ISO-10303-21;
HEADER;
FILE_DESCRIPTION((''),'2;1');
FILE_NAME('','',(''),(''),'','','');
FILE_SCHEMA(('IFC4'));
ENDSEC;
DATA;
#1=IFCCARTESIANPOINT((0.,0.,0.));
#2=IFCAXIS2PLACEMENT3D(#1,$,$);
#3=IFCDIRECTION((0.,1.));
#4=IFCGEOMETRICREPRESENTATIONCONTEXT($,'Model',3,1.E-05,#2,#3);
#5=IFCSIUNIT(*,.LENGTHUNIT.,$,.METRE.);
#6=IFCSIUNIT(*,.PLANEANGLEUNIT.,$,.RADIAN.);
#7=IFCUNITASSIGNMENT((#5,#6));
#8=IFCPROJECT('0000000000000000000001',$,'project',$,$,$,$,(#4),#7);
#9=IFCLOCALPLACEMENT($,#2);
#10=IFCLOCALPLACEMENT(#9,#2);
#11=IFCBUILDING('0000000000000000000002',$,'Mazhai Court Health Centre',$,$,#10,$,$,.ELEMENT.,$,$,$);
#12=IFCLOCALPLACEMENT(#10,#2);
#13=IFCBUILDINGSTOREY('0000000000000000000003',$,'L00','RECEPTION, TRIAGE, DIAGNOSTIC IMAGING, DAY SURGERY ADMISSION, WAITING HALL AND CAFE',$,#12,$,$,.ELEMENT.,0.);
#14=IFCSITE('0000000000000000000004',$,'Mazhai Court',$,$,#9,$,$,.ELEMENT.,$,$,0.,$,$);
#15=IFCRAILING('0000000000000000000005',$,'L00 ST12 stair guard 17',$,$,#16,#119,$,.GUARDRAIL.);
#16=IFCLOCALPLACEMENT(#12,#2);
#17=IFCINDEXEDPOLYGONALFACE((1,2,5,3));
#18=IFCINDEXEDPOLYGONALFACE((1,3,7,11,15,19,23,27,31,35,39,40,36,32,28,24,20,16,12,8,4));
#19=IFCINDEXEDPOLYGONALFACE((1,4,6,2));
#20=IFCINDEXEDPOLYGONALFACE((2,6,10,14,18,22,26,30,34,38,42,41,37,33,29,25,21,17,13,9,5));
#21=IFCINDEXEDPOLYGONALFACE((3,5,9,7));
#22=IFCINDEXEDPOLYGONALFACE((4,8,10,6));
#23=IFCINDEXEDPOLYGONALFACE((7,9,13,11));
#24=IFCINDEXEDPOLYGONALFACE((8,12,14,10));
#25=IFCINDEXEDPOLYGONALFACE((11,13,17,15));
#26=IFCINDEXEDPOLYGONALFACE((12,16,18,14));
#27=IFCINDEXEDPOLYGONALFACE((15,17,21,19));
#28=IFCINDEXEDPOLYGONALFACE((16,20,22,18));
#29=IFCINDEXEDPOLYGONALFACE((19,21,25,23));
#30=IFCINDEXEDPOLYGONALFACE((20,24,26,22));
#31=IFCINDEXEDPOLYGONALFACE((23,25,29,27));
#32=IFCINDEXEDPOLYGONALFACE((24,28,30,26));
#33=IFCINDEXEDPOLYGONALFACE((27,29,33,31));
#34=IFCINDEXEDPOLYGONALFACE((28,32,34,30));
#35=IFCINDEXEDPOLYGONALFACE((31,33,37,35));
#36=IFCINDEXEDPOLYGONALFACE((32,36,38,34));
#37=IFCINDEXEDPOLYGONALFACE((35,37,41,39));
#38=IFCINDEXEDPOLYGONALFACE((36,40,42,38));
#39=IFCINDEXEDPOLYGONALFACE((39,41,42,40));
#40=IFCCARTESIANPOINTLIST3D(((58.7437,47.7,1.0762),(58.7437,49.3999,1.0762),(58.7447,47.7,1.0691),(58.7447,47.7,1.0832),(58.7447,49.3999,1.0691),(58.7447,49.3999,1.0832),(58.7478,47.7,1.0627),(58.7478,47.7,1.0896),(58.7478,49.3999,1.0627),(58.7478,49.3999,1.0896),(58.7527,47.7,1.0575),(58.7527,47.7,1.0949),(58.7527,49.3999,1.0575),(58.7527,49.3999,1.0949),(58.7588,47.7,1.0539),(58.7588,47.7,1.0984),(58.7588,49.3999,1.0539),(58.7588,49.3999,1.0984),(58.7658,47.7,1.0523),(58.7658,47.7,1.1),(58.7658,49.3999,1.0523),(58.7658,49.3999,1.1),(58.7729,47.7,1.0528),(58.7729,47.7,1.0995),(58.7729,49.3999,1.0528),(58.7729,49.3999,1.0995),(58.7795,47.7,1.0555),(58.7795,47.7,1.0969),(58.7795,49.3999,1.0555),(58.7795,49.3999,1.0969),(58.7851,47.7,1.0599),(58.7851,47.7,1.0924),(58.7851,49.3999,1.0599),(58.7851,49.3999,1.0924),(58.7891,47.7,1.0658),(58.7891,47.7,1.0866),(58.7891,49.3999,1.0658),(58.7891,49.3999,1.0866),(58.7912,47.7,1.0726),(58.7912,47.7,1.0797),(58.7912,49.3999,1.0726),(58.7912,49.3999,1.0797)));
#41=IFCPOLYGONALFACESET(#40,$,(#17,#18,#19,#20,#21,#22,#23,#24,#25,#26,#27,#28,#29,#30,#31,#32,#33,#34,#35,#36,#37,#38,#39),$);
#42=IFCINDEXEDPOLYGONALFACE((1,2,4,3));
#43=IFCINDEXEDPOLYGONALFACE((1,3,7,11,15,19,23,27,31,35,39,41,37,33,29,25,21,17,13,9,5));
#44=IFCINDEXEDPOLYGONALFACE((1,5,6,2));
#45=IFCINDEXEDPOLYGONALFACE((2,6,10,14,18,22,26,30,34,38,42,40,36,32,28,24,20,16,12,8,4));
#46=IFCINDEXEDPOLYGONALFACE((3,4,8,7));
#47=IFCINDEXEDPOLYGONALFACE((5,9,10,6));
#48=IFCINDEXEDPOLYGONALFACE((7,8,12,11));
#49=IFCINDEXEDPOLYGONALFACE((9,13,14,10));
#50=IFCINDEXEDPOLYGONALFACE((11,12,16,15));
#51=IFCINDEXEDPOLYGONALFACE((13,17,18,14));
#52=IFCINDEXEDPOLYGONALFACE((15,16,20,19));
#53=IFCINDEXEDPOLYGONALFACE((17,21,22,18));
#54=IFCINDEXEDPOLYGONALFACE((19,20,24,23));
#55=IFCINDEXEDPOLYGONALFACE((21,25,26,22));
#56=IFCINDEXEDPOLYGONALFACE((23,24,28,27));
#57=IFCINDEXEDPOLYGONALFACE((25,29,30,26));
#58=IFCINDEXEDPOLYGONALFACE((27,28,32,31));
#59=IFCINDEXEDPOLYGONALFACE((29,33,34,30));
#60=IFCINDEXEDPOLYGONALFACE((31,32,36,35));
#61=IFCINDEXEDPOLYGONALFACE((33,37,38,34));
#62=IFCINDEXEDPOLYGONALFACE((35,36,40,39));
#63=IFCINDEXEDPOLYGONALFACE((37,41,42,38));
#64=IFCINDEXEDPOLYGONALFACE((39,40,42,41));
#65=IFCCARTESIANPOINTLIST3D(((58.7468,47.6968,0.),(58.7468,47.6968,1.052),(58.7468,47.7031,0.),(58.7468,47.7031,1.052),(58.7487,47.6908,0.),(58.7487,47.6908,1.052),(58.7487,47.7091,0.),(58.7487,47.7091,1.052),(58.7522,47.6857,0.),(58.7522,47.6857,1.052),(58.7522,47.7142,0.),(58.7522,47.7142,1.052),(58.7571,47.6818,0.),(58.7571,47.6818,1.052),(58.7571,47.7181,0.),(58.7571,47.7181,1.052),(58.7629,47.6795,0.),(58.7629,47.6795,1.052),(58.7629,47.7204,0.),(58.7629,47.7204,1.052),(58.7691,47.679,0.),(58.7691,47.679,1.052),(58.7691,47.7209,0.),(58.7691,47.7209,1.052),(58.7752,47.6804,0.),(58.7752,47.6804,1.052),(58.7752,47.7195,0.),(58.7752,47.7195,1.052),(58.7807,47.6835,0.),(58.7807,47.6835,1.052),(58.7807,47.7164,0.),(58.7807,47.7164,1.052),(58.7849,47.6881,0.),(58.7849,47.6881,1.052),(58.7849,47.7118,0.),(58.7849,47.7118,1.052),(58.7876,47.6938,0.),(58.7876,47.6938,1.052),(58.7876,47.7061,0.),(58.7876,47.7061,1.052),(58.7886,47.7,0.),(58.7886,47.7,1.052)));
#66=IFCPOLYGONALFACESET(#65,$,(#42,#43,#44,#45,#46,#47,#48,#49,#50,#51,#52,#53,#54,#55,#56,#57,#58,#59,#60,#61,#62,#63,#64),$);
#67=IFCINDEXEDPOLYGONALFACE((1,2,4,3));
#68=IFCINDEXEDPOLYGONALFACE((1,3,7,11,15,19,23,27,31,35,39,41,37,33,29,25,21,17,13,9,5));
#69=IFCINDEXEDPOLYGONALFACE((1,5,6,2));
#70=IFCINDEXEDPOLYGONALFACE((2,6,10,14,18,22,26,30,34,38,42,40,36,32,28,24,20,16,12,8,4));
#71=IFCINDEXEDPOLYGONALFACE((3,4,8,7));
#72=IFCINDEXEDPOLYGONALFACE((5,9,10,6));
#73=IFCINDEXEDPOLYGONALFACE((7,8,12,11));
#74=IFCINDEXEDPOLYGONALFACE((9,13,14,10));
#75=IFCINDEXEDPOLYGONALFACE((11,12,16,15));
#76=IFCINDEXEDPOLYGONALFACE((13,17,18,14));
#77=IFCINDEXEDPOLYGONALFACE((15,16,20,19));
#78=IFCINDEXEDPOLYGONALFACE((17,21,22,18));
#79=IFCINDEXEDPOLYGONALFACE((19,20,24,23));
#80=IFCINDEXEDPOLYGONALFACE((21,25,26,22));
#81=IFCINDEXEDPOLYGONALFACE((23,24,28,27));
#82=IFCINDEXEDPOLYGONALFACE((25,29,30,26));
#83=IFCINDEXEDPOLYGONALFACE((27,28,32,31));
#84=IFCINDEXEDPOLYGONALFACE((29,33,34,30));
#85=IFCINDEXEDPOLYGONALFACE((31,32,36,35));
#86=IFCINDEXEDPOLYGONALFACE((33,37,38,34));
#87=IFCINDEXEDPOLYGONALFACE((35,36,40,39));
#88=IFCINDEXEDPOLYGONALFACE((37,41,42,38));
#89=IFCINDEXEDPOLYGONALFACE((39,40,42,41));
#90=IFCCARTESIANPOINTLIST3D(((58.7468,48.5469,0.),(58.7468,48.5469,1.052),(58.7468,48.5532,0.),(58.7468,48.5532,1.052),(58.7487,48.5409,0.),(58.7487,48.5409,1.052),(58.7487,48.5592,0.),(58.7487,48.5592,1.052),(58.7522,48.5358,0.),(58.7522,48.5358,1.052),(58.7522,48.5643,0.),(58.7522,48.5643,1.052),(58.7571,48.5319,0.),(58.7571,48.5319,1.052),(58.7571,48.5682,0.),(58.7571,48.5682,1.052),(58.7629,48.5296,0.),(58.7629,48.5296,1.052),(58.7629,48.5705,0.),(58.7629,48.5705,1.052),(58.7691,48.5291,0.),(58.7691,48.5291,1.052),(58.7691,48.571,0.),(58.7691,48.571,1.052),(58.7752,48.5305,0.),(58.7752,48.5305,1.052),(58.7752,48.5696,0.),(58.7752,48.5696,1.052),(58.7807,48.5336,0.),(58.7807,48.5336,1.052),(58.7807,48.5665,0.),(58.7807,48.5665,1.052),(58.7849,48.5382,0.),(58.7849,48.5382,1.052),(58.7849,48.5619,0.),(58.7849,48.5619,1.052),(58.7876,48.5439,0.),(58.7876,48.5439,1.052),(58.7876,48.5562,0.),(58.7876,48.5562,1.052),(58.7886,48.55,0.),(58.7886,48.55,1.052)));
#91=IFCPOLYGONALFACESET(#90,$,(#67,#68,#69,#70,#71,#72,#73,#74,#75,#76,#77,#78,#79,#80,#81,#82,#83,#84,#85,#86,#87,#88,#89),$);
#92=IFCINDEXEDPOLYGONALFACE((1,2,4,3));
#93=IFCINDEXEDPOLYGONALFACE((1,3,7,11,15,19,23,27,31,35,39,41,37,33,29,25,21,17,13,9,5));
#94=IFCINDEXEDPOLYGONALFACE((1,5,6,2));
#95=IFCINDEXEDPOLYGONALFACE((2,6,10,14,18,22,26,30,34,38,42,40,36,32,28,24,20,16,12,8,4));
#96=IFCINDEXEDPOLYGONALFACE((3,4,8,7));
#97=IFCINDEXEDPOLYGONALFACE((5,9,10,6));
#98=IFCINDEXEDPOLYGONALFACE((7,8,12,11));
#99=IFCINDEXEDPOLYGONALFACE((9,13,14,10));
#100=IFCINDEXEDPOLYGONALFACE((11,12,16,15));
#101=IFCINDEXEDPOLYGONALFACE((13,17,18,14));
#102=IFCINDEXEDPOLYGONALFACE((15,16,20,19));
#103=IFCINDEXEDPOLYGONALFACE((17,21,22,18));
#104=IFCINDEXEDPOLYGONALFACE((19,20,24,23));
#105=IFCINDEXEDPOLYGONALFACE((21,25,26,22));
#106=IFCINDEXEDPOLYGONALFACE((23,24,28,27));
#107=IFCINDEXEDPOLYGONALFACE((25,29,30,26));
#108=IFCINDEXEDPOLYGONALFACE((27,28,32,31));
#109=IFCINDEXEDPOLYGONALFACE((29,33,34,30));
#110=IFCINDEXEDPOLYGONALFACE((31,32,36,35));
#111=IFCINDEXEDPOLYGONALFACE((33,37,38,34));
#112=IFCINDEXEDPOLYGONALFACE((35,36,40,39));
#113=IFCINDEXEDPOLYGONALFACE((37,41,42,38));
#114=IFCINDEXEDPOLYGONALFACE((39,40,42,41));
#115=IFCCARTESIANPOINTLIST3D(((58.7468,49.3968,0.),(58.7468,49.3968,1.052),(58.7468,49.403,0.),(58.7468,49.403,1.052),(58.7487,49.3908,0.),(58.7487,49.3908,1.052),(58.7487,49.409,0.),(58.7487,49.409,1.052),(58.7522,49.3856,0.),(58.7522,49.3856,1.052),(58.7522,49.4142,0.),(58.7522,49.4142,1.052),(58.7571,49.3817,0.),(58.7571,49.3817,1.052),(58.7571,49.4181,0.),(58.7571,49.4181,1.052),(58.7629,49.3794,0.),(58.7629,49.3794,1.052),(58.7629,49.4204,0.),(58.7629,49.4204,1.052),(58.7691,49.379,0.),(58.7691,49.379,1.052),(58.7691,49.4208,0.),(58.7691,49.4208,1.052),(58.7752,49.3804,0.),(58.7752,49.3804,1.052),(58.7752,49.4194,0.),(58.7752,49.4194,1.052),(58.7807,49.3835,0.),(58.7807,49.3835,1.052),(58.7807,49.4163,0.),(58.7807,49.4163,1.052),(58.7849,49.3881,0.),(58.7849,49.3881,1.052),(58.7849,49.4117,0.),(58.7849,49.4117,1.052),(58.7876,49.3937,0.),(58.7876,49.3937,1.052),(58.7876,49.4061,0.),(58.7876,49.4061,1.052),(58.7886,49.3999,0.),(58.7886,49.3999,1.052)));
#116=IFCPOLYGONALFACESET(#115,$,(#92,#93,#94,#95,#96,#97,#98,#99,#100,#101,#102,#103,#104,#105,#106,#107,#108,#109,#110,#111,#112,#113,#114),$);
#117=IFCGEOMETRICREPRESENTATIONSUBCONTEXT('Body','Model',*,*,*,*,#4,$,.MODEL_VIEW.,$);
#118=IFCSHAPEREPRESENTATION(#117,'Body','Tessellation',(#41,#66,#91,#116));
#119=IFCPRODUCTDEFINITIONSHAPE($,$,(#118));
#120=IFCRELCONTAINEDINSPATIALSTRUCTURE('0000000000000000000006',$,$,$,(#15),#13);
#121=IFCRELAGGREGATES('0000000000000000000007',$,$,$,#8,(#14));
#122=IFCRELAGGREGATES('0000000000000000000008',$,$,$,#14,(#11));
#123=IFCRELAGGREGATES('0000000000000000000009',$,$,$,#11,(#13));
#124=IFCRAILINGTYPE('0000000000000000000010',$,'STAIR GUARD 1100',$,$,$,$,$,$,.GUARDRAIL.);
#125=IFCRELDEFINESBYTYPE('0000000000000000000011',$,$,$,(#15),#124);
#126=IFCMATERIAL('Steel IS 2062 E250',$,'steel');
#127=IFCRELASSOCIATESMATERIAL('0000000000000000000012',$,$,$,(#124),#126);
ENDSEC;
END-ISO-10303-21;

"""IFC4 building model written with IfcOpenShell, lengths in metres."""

from ifc_helpers import new_model, si_unit, direction, frame, origin, origin_2d, place, context, subcontext, project, spatial, circle, extrude, material, type_object, element, save


model = new_model("IFC4")

# Units and contexts
model_context = context("Model", 3, precision=1e-05, world=origin(), true_north=direction((0.0, 1.0)))
body_context = subcontext(model_context, "Body", "Model", "MODEL_VIEW")
ifc_project = project(units=[si_unit("LENGTHUNIT", "METRE"), si_unit("PLANEANGLEUNIT", "RADIAN")], contexts=[model_context])

# Site, building, storey
site_placement = place(None, origin())
site = spatial("IfcSite", under=ifc_project, at=site_placement, Name="Mazhai Court", CompositionType="ELEMENT", RefElevation=0.0)
building_placement = place(site_placement, origin())
building = spatial("IfcBuilding", under=site, at=building_placement, Name="Mazhai Court Health Centre", CompositionType="ELEMENT")
storey_placement = place(building_placement, origin())
storey = spatial("IfcBuildingStorey", under=building, at=storey_placement, Name="L00", Description="RECEPTION, TRIAGE, DIAGNOSTIC IMAGING, DAY SURGERY ADMISSION, WAITING HALL AND CAFE", CompositionType="ELEMENT", Elevation=0.0)

# Railing
ifc_material_1 = material(Name="Steel IS 2062 E250", Category="steel")
railing_type = type_object("IfcRailingType", Name="STAIR GUARD 1100", PredefinedType="GUARDRAIL", material=ifc_material_1)
railing_1_placement = place(storey_placement, frame((58.7676, 47.7, 0.0)))
element("IfcRailing", 1, at=railing_1_placement, inside=storey, type_object=railing_type, Name="L00 ST12 stair guard 17", PredefinedType="GUARDRAIL", context=body_context, shape_type="SweptSolid", body=[
    extrude(circle(Radius=0.0239, at=origin_2d()), frame((0.0, 0.0, 1.0762), z_axis=(0.0, 1.0, 0.0), x_axis=(-1.0, 0.0, 0.0)), (0.0, 0.0, 1.0), 1.7),
    extrude(circle(Radius=0.021, at=origin_2d()), origin(), (0.0, 0.0, 1.0), 1.052),
    extrude(circle(Radius=0.021, at=origin_2d()), frame((0.0, 0.8501, 0.0)), (0.0, 0.0, 1.0), 1.052),
    extrude(circle(Radius=0.021, at=origin_2d()), frame((0.0, 1.7, 0.0)), (0.0, 0.0, 1.0), 1.052),
])

save(model, "model.ifc")
